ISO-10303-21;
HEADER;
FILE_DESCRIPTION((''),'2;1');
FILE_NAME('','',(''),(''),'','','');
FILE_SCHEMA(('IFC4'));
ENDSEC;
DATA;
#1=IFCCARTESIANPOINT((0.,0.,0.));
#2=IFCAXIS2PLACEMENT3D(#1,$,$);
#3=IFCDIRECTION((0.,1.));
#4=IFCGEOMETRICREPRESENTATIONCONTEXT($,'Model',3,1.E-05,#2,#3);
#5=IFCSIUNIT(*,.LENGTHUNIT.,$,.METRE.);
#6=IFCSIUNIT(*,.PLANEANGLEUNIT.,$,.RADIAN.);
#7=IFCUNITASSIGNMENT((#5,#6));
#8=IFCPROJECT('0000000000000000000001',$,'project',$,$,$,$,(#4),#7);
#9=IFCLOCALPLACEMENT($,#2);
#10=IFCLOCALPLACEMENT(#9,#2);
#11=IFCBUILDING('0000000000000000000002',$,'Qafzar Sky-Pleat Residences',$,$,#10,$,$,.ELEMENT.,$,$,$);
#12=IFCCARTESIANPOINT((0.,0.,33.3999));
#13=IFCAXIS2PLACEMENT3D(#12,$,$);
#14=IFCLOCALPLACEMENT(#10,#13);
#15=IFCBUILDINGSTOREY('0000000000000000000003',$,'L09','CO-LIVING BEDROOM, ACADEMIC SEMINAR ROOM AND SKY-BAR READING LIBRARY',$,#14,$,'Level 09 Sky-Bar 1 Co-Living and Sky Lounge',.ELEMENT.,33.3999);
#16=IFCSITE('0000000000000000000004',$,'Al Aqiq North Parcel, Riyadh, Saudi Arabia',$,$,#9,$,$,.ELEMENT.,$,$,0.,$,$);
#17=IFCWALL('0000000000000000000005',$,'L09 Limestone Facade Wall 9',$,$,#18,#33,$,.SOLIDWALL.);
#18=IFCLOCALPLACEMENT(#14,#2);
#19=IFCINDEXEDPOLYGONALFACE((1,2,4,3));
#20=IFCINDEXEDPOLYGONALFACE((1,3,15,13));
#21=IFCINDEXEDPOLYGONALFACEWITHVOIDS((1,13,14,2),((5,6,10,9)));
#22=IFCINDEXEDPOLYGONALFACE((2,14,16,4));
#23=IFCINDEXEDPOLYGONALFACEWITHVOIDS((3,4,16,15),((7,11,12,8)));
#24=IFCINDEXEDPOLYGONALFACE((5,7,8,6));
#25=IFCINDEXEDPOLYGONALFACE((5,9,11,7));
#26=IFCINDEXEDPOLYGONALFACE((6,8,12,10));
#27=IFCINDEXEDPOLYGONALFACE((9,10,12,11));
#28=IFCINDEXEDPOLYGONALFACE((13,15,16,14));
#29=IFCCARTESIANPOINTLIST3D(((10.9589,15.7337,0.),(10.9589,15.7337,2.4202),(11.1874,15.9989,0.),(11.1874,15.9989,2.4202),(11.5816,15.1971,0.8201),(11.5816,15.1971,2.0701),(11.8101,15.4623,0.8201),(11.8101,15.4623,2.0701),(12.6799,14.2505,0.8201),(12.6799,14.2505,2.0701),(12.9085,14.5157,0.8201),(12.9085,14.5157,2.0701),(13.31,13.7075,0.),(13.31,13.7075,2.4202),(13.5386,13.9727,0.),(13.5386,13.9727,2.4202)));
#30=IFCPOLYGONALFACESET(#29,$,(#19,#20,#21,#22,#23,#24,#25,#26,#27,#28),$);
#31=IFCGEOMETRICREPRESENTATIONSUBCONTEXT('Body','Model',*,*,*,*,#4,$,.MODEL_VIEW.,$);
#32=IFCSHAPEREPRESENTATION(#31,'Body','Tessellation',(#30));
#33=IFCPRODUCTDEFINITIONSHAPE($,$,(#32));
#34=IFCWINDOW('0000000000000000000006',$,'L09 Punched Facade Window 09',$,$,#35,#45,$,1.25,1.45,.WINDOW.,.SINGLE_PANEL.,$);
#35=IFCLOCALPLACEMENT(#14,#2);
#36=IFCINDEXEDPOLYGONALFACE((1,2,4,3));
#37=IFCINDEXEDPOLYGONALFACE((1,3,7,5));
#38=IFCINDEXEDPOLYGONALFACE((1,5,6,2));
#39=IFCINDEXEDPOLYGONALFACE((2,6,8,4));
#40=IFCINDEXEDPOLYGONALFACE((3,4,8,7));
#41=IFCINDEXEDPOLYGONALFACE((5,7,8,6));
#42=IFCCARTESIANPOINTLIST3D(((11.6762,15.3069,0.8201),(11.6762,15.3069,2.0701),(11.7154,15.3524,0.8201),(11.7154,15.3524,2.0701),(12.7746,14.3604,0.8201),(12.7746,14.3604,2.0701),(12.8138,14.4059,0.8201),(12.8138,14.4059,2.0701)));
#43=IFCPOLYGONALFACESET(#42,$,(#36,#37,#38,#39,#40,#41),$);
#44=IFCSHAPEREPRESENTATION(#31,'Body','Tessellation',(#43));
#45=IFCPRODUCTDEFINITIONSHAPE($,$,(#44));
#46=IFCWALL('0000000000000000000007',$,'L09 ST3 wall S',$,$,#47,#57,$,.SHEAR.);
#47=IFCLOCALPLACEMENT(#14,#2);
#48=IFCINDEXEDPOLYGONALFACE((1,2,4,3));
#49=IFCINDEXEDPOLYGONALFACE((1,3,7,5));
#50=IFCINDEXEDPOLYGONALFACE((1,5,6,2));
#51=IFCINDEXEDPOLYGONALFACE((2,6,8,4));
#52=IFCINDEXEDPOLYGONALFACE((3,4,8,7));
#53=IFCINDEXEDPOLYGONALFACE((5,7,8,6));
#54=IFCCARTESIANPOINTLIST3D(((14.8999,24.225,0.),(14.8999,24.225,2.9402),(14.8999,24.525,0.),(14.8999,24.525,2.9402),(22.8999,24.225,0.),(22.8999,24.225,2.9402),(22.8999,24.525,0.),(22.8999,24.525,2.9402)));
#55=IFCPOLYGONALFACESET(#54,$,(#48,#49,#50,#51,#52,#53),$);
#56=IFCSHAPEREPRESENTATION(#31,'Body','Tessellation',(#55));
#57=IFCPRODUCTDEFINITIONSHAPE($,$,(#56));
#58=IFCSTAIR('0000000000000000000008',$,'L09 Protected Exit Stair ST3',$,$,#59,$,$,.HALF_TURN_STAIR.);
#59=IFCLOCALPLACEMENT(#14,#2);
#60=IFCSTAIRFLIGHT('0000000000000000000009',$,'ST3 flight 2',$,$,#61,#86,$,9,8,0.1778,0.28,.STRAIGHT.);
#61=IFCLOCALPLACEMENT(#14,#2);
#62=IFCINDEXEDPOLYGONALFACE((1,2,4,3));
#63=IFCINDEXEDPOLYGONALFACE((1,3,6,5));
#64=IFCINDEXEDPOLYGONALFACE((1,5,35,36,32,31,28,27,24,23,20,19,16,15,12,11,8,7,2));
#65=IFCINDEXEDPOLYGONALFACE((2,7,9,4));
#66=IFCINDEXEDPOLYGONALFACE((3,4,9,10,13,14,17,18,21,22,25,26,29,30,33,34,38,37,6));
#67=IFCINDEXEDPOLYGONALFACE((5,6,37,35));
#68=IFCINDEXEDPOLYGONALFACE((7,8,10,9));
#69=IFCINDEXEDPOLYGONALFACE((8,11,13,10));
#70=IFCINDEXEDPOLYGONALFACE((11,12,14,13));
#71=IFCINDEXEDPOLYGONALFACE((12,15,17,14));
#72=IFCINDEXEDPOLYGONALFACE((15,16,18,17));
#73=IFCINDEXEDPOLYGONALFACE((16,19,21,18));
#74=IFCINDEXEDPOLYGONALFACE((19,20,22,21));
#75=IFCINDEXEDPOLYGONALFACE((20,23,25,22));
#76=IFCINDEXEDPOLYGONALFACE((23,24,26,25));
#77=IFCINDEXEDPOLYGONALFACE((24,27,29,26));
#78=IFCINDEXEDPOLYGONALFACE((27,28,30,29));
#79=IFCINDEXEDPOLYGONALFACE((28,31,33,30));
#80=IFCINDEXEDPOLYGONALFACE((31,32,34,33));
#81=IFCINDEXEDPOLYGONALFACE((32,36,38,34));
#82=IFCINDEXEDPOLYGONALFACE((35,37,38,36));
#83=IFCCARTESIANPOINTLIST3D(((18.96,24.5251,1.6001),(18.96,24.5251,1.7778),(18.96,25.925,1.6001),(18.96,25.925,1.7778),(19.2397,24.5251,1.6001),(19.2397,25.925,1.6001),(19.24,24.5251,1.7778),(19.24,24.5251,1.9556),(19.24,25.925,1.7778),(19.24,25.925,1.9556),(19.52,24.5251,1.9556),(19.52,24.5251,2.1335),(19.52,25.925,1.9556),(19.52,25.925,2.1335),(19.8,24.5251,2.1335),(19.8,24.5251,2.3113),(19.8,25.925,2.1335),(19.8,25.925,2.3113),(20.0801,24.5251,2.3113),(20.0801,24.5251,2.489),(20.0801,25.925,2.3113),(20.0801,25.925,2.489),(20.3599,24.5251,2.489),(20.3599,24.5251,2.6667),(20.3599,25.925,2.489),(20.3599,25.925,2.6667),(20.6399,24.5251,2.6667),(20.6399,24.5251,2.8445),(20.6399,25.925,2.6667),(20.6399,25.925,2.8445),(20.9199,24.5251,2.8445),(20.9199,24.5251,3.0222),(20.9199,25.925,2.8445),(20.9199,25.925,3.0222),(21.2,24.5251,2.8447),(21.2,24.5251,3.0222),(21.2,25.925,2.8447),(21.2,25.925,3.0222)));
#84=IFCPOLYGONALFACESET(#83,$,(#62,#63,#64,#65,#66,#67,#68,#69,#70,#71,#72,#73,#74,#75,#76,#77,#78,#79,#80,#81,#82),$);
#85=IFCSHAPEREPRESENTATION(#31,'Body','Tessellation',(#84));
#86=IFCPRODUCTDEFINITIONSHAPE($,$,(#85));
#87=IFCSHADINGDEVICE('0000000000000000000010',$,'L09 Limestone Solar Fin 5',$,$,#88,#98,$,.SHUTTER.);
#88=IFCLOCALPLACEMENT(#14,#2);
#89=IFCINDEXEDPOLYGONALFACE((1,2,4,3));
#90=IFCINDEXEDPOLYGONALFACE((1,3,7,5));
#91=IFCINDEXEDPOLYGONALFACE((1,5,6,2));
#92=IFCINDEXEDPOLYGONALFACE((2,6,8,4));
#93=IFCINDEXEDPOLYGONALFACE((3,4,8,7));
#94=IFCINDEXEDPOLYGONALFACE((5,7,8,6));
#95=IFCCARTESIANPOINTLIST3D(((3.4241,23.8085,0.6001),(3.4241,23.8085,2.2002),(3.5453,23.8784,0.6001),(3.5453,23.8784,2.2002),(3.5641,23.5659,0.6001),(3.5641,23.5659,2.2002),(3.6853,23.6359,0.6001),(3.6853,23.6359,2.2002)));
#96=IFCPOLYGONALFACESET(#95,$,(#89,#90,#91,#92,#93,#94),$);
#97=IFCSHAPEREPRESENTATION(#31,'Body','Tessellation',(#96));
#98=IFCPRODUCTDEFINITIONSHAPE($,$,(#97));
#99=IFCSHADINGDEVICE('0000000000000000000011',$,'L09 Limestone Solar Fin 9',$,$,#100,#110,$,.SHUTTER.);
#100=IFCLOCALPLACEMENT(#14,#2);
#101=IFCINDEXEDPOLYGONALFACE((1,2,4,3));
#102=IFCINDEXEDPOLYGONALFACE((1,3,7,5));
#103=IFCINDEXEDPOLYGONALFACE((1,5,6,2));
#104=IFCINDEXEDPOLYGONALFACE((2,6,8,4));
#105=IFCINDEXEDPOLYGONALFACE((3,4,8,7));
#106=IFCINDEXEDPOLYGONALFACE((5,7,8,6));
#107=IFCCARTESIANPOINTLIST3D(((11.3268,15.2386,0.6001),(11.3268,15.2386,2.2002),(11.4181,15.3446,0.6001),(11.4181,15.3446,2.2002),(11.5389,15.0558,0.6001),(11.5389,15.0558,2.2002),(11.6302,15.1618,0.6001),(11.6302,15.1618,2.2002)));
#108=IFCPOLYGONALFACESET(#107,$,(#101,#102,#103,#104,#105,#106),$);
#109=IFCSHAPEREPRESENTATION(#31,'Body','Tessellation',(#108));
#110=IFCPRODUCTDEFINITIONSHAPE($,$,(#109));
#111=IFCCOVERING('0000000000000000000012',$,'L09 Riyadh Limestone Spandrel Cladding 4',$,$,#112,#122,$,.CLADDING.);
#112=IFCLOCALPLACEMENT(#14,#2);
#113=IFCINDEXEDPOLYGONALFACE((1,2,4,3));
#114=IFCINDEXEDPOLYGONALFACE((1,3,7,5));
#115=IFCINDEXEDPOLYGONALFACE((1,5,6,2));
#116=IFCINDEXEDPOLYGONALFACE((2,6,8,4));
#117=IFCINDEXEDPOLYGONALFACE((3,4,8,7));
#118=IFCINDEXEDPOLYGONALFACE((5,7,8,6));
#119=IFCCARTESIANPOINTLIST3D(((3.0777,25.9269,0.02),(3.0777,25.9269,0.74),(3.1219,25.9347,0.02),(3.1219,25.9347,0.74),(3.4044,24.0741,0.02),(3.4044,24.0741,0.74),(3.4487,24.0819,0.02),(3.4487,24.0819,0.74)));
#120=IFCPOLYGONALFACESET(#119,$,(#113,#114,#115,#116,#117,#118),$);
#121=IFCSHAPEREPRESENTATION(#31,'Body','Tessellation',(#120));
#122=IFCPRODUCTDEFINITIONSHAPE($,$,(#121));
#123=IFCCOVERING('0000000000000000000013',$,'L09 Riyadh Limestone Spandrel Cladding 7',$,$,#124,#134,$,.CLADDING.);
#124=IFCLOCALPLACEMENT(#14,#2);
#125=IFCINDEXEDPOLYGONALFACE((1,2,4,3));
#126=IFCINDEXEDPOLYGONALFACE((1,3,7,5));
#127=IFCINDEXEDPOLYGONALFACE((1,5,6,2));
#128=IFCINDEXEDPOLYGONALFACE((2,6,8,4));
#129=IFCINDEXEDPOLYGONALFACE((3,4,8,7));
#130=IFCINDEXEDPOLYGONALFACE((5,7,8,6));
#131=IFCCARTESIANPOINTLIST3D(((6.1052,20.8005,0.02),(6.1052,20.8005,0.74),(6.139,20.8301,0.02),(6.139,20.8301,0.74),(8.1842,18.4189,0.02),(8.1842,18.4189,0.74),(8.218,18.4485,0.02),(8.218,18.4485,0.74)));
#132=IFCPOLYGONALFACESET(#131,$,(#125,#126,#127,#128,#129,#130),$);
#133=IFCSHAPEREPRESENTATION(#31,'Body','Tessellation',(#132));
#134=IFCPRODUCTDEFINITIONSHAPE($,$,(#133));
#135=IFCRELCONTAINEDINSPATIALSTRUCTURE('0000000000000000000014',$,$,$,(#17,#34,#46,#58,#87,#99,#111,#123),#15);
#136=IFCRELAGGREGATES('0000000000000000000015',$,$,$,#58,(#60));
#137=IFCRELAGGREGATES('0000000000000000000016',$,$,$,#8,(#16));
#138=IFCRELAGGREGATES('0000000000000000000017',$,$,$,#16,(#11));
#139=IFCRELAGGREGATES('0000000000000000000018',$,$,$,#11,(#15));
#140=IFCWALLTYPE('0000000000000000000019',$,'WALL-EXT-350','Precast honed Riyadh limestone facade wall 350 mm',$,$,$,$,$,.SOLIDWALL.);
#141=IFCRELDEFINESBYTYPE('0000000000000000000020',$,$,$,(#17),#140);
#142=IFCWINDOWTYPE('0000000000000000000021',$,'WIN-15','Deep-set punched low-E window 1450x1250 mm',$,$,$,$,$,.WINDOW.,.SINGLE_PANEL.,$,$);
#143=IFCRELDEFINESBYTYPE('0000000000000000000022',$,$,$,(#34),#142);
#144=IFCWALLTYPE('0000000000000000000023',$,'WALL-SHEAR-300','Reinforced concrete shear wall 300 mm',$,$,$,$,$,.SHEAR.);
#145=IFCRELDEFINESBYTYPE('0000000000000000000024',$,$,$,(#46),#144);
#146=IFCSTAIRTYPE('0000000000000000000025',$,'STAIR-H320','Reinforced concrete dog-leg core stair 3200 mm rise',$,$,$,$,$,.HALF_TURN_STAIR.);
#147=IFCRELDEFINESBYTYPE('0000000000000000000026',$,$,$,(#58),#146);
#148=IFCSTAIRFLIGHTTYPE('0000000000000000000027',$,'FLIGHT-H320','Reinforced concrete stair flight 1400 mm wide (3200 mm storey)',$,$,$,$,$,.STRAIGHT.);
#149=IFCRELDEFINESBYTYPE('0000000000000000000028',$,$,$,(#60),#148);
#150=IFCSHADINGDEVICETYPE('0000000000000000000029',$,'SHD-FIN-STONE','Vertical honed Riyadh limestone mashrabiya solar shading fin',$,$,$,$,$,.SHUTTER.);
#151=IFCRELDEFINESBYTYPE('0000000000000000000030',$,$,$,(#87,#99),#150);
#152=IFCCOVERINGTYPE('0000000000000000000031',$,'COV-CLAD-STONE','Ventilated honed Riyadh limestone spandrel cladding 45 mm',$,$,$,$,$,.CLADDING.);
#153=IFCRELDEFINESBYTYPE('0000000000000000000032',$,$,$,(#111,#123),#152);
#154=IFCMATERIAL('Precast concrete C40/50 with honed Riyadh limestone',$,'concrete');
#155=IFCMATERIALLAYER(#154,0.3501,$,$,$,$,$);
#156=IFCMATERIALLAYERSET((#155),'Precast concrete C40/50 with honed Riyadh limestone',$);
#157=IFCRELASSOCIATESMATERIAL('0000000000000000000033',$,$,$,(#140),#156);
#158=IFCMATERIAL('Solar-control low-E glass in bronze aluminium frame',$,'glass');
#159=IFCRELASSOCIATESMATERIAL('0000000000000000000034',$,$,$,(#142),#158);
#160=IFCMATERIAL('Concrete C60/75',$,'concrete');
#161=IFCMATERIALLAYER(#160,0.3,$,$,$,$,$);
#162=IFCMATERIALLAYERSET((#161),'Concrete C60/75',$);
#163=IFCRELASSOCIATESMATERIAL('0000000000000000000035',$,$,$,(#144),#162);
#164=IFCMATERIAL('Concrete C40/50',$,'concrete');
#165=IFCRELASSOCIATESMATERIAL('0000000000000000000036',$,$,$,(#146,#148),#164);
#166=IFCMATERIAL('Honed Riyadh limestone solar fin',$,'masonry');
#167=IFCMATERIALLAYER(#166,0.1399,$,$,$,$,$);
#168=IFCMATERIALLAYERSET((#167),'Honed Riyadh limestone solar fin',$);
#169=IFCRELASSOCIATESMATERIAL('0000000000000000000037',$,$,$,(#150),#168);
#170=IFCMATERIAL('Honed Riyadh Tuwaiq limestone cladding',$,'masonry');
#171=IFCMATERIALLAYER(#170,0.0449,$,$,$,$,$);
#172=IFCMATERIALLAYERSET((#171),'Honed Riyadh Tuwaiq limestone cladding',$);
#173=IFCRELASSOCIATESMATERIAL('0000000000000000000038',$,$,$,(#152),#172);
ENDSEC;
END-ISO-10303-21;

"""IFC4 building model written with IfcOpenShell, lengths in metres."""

from ifc_helpers import new_model, si_unit, direction, frame, frame_2d, origin, origin_2d, place, context, subcontext, project, spatial, polyline, rectangle, outline, extrude, source, transform, mapped, material, layer, layer_set, type_object, element, fill, aggregate, save


model = new_model("IFC4")

# Units and contexts
model_context = context("Model", 3, precision=1e-05, world=origin(), true_north=direction((0.0, 1.0)))
body_context = subcontext(model_context, "Body", "Model", "MODEL_VIEW")
ifc_project = project(units=[si_unit("LENGTHUNIT", "METRE"), si_unit("PLANEANGLEUNIT", "RADIAN")], contexts=[model_context])

# Site, building, storey
site_placement = place(None, origin())
site = spatial("IfcSite", under=ifc_project, at=site_placement, Name="Al Aqiq North Parcel, Riyadh, Saudi Arabia", CompositionType="ELEMENT", RefElevation=0.0)
building_placement = place(site_placement, origin())
building = spatial("IfcBuilding", under=site, at=building_placement, Name="Qafzar Sky-Pleat Residences", CompositionType="ELEMENT")
storey_placement = place(building_placement, frame((0.0, 0.0, 33.3999)))
storey = spatial("IfcBuildingStorey", under=building, at=storey_placement, Name="L09", Description="CO-LIVING BEDROOM, ACADEMIC SEMINAR ROOM AND SKY-BAR READING LIBRARY", LongName="Level 09 Sky-Bar 1 Co-Living and Sky Lounge", CompositionType="ELEMENT", Elevation=33.3999)

# Shared definitions
ifc_material_1 = material(Name="Concrete C60/75", Category="concrete")

# Shared definitions
ifc_material_2 = material(Name="Precast concrete C40/50 with honed Riyadh limestone", Category="concrete")
ifc_layer_1 = layer(ifc_material_2, 0.3501)
ifc_layer_set_1 = layer_set([ifc_layer_1], Name="Precast concrete C40/50 with honed Riyadh limestone")
wall_type_1 = type_object("IfcWallType", Name="WALL-EXT-350", Description="Precast honed Riyadh limestone facade wall 350 mm", PredefinedType="SOLIDWALL", material=ifc_layer_set_1)
ifc_material_3 = material(Name="Solar-control low-E glass in bronze aluminium frame", Category="glass")
window_type_1 = type_object("IfcWindowType", Name="WIN-15", Description="Deep-set punched low-E window 1450x1250 mm", PartitioningType="SINGLE_PANEL", PredefinedType="WINDOW", material=ifc_material_3)
shared_shape_1 = source(origin(), body_context, "Body", "SweptSolid", [
    extrude(rectangle(XDim=1.45, YDim=1.25, at=frame_2d((0.7251, 0.625))), frame((0.0, 0.03, 0.0), z_axis=(0.0, -1.0, 0.0), x_axis=(1.0, 0.0, 0.0)), (0.0, 0.0, 1.0), 0.0601),
])

# Wall, opening, window
wall_1_placement = place(storey_placement, frame((11.0732, 15.8662, 0.0), z_axis=(0.0, 0.0, 1.0), x_axis=(0.757516, -0.652817, 0.0)))
wall_1 = element("IfcWall", 1, at=wall_1_placement, inside=storey, type_object=wall_type_1, Name="L09 Limestone Facade Wall 9", PredefinedType="SOLIDWALL", context=body_context, shape_type="SweptSolid", body=[
    extrude(rectangle(XDim=3.1038, YDim=0.3501, at=frame_2d((1.5518, 0.0))), origin(), (0.0, 0.0, 1.0), 2.4202),
])
opening_1_placement = place(wall_1_placement, frame((0.8218, 0.0, 0.8201)))
opening_1 = element("IfcOpeningElement", 2, at=opening_1_placement, cuts=wall_1, PredefinedType="OPENING", context=body_context, shape_type="SweptSolid", body=[
    extrude(rectangle(XDim=1.45, YDim=1.25, at=frame_2d((0.7251, 0.625))), frame((0.0, 0.1851, 0.0), z_axis=(0.0, -1.0, 0.0), x_axis=(1.0, 0.0, 0.0)), (0.0, 0.0, 1.0), 0.3701),
])
window_1_placement = place(opening_1_placement, origin())
window_1 = element("IfcWindow", 3, at=window_1_placement, inside=storey, type_object=window_type_1, Name="L09 Punched Facade Window 09", OverallHeight=1.25, OverallWidth=1.45, PartitioningType="SINGLE_PANEL", PredefinedType="WINDOW", context=body_context, shape_type="MappedRepresentation", body=[
    mapped(shared_shape_1, transform((0.0, 0.0, 0.0), x_axis=(1.0, 0.0, 0.0), y_axis=(0.0, 1.0, 0.0), z_axis=(0.0, 0.0, 1.0), scale=1.0)),
])
fill(opening_1, window_1)

# Wall
ifc_layer_2 = layer(ifc_material_1, 0.3)
ifc_layer_set_2 = layer_set([ifc_layer_2], Name="Concrete C60/75")
wall_type_2 = type_object("IfcWallType", Name="WALL-SHEAR-300", Description="Reinforced concrete shear wall 300 mm", PredefinedType="SHEAR", material=ifc_layer_set_2)
wall_2_placement = place(storey_placement, frame((14.8999, 24.375, 0.0), z_axis=(0.0, 0.0, 1.0), x_axis=(1.0, 0.0, 0.0)))
element("IfcWall", 4, at=wall_2_placement, inside=storey, type_object=wall_type_2, Name="L09 ST3 wall S", PredefinedType="SHEAR", context=body_context, shape_type="SweptSolid", body=[
    extrude(rectangle(XDim=8.0, YDim=0.3, at=frame_2d((4.0, 0.0))), origin(), (0.0, 0.0, 1.0), 2.9402),
])

# Stair, stair flight
ifc_material_4 = material(Name="Concrete C40/50", Category="concrete")
stair_type = type_object("IfcStairType", Name="STAIR-H320", Description="Reinforced concrete dog-leg core stair 3200 mm rise", PredefinedType="HALF_TURN_STAIR", material=ifc_material_4)
stair_placement = place(storey_placement, origin())
stair = element("IfcStair", 5, at=stair_placement, inside=storey, type_object=stair_type, Name="L09 Protected Exit Stair ST3", PredefinedType="HALF_TURN_STAIR")
stair_flight_type = type_object("IfcStairFlightType", Name="FLIGHT-H320", Description="Reinforced concrete stair flight 1400 mm wide (3200 mm storey)", PredefinedType="STRAIGHT", material=ifc_material_4)
shared_shape_2 = source(origin(), body_context, "Body", "SweptSolid", [
    extrude(outline(polyline([(0.0, 0.0), (0.0, 0.1777), (0.28, 0.1777), (0.28, 0.3555), (0.5601, 0.3555), (0.5601, 0.5334), (0.8401, 0.5334), (0.8401, 0.7112), (1.1201, 0.7112), (1.1201, 0.8889), (1.3999, 0.8889), (1.3999, 1.0667), (1.6799, 1.0667), (1.6799, 1.2444), (1.96, 1.2444), (1.96, 1.4221), (2.24, 1.4221), (2.24, 1.6001), (2.24, 1.2446), (0.2798, 0.0), (0.0, 0.0)])), frame((0.0, 0.7, 0.0), z_axis=(0.0, -1.0, 0.0), x_axis=(1.0, 0.0, 0.0)), (0.0, 0.0, 1.0), 1.3999),
])
stair_flight_placement = place(storey_placement, frame((18.96, 25.2251, 1.6001), z_axis=(0.0, 0.0, 1.0), x_axis=(1.0, 0.0, 0.0)))
stair_flight = element("IfcStairFlight", 6, at=stair_flight_placement, type_object=stair_flight_type, Name="ST3 flight 2", NumberOfRisers=9, NumberOfTreads=8, PredefinedType="STRAIGHT", RiserHeight=0.1778, TreadLength=0.28, context=body_context, shape_type="MappedRepresentation", body=[
    mapped(shared_shape_2, transform((0.0, 0.0, 0.0), x_axis=(1.0, 0.0, 0.0), y_axis=(0.0, 1.0, 0.0), z_axis=(0.0, 0.0, 1.0), scale=1.0)),
])
aggregate(stair, [stair_flight])

# Shading devices
ifc_material_5 = material(Name="Honed Riyadh limestone solar fin", Category="masonry")
ifc_layer_3 = layer(ifc_material_5, 0.1399)
ifc_layer_set_3 = layer_set([ifc_layer_3], Name="Honed Riyadh limestone solar fin")
shading_device_type = type_object("IfcShadingDeviceType", Name="SHD-FIN-STONE", Description="Vertical honed Riyadh limestone mashrabiya solar shading fin", PredefinedType="SHUTTER", material=ifc_layer_set_3)
shared_shape_3 = source(origin(), body_context, "Body", "SweptSolid", [
    extrude(rectangle(XDim=0.1399, YDim=0.28, at=origin_2d()), origin(), (0.0, 0.0, 1.0), 1.6001),
])
for number, where, z_axis, x_axis, name in (
    (7, (3.5547, 23.7222, 0.6001), (0.0, 0.0, 1.0), (-0.866044, -0.499967, 0.0), "L09 Limestone Solar Fin 5"),
    (8, (11.4785, 15.2002, 0.6001), (0.0, 0.0, 1.0), (-0.652861, -0.757477, 0.0), "L09 Limestone Solar Fin 9"),
):
    element("IfcShadingDevice", number, at=place(storey_placement, frame(where, z_axis=z_axis, x_axis=x_axis)), inside=storey, type_object=shading_device_type, Name=name, PredefinedType="SHUTTER", context=body_context, shape_type="MappedRepresentation", body=[
        mapped(shared_shape_3, transform((0.0, 0.0, 0.0), x_axis=(1.0, 0.0, 0.0), y_axis=(0.0, 1.0, 0.0), z_axis=(0.0, 0.0, 1.0), scale=1.0)),
    ])

# Covering
ifc_material_6 = material(Name="Honed Riyadh Tuwaiq limestone cladding", Category="masonry")
ifc_layer_4 = layer(ifc_material_6, 0.0449)
ifc_layer_set_4 = layer_set([ifc_layer_4], Name="Honed Riyadh Tuwaiq limestone cladding")
covering_type = type_object("IfcCoveringType", Name="COV-CLAD-STONE", Description="Ventilated honed Riyadh limestone spandrel cladding 45 mm", PredefinedType="CLADDING", material=ifc_layer_set_4)
shared_shape_4 = source(origin(), body_context, "Body", "SweptSolid", [
    extrude(rectangle(XDim=1.8813, YDim=0.0449, at=origin_2d()), origin(), (0.0, 0.0, 1.0), 0.72),
])
covering_1_placement = place(storey_placement, frame((3.2632, 25.0044, 0.02), z_axis=(0.0, 0.0, 1.0), x_axis=(0.173663, -0.984805, 0.0)))
element("IfcCovering", 9, at=covering_1_placement, inside=storey, type_object=covering_type, Name="L09 Riyadh Limestone Spandrel Cladding 4", PredefinedType="CLADDING", context=body_context, shape_type="MappedRepresentation", body=[
    mapped(shared_shape_4, transform((0.0, 0.0, 0.0), x_axis=(1.0, 0.0, 0.0), y_axis=(0.0, 1.0, 0.0), z_axis=(0.0, 0.0, 1.0), scale=1.0)),
])

# Covering
shared_shape_5 = source(origin(), body_context, "Body", "SweptSolid", [
    extrude(rectangle(XDim=3.1614, YDim=0.0449, at=origin_2d()), origin(), (0.0, 0.0, 1.0), 0.72),
])
covering_2_placement = place(storey_placement, frame((7.1616, 19.6245, 0.02), z_axis=(0.0, 0.0, 1.0), x_axis=(0.657627, -0.753343, 0.0)))
element("IfcCovering", 10, at=covering_2_placement, inside=storey, type_object=covering_type, Name="L09 Riyadh Limestone Spandrel Cladding 7", PredefinedType="CLADDING", context=body_context, shape_type="MappedRepresentation", body=[
    mapped(shared_shape_5, transform((0.0, 0.0, 0.0), x_axis=(1.0, 0.0, 0.0), y_axis=(0.0, 1.0, 0.0), z_axis=(0.0, 0.0, 1.0), scale=1.0)),
])

save(model, "model.ifc")
